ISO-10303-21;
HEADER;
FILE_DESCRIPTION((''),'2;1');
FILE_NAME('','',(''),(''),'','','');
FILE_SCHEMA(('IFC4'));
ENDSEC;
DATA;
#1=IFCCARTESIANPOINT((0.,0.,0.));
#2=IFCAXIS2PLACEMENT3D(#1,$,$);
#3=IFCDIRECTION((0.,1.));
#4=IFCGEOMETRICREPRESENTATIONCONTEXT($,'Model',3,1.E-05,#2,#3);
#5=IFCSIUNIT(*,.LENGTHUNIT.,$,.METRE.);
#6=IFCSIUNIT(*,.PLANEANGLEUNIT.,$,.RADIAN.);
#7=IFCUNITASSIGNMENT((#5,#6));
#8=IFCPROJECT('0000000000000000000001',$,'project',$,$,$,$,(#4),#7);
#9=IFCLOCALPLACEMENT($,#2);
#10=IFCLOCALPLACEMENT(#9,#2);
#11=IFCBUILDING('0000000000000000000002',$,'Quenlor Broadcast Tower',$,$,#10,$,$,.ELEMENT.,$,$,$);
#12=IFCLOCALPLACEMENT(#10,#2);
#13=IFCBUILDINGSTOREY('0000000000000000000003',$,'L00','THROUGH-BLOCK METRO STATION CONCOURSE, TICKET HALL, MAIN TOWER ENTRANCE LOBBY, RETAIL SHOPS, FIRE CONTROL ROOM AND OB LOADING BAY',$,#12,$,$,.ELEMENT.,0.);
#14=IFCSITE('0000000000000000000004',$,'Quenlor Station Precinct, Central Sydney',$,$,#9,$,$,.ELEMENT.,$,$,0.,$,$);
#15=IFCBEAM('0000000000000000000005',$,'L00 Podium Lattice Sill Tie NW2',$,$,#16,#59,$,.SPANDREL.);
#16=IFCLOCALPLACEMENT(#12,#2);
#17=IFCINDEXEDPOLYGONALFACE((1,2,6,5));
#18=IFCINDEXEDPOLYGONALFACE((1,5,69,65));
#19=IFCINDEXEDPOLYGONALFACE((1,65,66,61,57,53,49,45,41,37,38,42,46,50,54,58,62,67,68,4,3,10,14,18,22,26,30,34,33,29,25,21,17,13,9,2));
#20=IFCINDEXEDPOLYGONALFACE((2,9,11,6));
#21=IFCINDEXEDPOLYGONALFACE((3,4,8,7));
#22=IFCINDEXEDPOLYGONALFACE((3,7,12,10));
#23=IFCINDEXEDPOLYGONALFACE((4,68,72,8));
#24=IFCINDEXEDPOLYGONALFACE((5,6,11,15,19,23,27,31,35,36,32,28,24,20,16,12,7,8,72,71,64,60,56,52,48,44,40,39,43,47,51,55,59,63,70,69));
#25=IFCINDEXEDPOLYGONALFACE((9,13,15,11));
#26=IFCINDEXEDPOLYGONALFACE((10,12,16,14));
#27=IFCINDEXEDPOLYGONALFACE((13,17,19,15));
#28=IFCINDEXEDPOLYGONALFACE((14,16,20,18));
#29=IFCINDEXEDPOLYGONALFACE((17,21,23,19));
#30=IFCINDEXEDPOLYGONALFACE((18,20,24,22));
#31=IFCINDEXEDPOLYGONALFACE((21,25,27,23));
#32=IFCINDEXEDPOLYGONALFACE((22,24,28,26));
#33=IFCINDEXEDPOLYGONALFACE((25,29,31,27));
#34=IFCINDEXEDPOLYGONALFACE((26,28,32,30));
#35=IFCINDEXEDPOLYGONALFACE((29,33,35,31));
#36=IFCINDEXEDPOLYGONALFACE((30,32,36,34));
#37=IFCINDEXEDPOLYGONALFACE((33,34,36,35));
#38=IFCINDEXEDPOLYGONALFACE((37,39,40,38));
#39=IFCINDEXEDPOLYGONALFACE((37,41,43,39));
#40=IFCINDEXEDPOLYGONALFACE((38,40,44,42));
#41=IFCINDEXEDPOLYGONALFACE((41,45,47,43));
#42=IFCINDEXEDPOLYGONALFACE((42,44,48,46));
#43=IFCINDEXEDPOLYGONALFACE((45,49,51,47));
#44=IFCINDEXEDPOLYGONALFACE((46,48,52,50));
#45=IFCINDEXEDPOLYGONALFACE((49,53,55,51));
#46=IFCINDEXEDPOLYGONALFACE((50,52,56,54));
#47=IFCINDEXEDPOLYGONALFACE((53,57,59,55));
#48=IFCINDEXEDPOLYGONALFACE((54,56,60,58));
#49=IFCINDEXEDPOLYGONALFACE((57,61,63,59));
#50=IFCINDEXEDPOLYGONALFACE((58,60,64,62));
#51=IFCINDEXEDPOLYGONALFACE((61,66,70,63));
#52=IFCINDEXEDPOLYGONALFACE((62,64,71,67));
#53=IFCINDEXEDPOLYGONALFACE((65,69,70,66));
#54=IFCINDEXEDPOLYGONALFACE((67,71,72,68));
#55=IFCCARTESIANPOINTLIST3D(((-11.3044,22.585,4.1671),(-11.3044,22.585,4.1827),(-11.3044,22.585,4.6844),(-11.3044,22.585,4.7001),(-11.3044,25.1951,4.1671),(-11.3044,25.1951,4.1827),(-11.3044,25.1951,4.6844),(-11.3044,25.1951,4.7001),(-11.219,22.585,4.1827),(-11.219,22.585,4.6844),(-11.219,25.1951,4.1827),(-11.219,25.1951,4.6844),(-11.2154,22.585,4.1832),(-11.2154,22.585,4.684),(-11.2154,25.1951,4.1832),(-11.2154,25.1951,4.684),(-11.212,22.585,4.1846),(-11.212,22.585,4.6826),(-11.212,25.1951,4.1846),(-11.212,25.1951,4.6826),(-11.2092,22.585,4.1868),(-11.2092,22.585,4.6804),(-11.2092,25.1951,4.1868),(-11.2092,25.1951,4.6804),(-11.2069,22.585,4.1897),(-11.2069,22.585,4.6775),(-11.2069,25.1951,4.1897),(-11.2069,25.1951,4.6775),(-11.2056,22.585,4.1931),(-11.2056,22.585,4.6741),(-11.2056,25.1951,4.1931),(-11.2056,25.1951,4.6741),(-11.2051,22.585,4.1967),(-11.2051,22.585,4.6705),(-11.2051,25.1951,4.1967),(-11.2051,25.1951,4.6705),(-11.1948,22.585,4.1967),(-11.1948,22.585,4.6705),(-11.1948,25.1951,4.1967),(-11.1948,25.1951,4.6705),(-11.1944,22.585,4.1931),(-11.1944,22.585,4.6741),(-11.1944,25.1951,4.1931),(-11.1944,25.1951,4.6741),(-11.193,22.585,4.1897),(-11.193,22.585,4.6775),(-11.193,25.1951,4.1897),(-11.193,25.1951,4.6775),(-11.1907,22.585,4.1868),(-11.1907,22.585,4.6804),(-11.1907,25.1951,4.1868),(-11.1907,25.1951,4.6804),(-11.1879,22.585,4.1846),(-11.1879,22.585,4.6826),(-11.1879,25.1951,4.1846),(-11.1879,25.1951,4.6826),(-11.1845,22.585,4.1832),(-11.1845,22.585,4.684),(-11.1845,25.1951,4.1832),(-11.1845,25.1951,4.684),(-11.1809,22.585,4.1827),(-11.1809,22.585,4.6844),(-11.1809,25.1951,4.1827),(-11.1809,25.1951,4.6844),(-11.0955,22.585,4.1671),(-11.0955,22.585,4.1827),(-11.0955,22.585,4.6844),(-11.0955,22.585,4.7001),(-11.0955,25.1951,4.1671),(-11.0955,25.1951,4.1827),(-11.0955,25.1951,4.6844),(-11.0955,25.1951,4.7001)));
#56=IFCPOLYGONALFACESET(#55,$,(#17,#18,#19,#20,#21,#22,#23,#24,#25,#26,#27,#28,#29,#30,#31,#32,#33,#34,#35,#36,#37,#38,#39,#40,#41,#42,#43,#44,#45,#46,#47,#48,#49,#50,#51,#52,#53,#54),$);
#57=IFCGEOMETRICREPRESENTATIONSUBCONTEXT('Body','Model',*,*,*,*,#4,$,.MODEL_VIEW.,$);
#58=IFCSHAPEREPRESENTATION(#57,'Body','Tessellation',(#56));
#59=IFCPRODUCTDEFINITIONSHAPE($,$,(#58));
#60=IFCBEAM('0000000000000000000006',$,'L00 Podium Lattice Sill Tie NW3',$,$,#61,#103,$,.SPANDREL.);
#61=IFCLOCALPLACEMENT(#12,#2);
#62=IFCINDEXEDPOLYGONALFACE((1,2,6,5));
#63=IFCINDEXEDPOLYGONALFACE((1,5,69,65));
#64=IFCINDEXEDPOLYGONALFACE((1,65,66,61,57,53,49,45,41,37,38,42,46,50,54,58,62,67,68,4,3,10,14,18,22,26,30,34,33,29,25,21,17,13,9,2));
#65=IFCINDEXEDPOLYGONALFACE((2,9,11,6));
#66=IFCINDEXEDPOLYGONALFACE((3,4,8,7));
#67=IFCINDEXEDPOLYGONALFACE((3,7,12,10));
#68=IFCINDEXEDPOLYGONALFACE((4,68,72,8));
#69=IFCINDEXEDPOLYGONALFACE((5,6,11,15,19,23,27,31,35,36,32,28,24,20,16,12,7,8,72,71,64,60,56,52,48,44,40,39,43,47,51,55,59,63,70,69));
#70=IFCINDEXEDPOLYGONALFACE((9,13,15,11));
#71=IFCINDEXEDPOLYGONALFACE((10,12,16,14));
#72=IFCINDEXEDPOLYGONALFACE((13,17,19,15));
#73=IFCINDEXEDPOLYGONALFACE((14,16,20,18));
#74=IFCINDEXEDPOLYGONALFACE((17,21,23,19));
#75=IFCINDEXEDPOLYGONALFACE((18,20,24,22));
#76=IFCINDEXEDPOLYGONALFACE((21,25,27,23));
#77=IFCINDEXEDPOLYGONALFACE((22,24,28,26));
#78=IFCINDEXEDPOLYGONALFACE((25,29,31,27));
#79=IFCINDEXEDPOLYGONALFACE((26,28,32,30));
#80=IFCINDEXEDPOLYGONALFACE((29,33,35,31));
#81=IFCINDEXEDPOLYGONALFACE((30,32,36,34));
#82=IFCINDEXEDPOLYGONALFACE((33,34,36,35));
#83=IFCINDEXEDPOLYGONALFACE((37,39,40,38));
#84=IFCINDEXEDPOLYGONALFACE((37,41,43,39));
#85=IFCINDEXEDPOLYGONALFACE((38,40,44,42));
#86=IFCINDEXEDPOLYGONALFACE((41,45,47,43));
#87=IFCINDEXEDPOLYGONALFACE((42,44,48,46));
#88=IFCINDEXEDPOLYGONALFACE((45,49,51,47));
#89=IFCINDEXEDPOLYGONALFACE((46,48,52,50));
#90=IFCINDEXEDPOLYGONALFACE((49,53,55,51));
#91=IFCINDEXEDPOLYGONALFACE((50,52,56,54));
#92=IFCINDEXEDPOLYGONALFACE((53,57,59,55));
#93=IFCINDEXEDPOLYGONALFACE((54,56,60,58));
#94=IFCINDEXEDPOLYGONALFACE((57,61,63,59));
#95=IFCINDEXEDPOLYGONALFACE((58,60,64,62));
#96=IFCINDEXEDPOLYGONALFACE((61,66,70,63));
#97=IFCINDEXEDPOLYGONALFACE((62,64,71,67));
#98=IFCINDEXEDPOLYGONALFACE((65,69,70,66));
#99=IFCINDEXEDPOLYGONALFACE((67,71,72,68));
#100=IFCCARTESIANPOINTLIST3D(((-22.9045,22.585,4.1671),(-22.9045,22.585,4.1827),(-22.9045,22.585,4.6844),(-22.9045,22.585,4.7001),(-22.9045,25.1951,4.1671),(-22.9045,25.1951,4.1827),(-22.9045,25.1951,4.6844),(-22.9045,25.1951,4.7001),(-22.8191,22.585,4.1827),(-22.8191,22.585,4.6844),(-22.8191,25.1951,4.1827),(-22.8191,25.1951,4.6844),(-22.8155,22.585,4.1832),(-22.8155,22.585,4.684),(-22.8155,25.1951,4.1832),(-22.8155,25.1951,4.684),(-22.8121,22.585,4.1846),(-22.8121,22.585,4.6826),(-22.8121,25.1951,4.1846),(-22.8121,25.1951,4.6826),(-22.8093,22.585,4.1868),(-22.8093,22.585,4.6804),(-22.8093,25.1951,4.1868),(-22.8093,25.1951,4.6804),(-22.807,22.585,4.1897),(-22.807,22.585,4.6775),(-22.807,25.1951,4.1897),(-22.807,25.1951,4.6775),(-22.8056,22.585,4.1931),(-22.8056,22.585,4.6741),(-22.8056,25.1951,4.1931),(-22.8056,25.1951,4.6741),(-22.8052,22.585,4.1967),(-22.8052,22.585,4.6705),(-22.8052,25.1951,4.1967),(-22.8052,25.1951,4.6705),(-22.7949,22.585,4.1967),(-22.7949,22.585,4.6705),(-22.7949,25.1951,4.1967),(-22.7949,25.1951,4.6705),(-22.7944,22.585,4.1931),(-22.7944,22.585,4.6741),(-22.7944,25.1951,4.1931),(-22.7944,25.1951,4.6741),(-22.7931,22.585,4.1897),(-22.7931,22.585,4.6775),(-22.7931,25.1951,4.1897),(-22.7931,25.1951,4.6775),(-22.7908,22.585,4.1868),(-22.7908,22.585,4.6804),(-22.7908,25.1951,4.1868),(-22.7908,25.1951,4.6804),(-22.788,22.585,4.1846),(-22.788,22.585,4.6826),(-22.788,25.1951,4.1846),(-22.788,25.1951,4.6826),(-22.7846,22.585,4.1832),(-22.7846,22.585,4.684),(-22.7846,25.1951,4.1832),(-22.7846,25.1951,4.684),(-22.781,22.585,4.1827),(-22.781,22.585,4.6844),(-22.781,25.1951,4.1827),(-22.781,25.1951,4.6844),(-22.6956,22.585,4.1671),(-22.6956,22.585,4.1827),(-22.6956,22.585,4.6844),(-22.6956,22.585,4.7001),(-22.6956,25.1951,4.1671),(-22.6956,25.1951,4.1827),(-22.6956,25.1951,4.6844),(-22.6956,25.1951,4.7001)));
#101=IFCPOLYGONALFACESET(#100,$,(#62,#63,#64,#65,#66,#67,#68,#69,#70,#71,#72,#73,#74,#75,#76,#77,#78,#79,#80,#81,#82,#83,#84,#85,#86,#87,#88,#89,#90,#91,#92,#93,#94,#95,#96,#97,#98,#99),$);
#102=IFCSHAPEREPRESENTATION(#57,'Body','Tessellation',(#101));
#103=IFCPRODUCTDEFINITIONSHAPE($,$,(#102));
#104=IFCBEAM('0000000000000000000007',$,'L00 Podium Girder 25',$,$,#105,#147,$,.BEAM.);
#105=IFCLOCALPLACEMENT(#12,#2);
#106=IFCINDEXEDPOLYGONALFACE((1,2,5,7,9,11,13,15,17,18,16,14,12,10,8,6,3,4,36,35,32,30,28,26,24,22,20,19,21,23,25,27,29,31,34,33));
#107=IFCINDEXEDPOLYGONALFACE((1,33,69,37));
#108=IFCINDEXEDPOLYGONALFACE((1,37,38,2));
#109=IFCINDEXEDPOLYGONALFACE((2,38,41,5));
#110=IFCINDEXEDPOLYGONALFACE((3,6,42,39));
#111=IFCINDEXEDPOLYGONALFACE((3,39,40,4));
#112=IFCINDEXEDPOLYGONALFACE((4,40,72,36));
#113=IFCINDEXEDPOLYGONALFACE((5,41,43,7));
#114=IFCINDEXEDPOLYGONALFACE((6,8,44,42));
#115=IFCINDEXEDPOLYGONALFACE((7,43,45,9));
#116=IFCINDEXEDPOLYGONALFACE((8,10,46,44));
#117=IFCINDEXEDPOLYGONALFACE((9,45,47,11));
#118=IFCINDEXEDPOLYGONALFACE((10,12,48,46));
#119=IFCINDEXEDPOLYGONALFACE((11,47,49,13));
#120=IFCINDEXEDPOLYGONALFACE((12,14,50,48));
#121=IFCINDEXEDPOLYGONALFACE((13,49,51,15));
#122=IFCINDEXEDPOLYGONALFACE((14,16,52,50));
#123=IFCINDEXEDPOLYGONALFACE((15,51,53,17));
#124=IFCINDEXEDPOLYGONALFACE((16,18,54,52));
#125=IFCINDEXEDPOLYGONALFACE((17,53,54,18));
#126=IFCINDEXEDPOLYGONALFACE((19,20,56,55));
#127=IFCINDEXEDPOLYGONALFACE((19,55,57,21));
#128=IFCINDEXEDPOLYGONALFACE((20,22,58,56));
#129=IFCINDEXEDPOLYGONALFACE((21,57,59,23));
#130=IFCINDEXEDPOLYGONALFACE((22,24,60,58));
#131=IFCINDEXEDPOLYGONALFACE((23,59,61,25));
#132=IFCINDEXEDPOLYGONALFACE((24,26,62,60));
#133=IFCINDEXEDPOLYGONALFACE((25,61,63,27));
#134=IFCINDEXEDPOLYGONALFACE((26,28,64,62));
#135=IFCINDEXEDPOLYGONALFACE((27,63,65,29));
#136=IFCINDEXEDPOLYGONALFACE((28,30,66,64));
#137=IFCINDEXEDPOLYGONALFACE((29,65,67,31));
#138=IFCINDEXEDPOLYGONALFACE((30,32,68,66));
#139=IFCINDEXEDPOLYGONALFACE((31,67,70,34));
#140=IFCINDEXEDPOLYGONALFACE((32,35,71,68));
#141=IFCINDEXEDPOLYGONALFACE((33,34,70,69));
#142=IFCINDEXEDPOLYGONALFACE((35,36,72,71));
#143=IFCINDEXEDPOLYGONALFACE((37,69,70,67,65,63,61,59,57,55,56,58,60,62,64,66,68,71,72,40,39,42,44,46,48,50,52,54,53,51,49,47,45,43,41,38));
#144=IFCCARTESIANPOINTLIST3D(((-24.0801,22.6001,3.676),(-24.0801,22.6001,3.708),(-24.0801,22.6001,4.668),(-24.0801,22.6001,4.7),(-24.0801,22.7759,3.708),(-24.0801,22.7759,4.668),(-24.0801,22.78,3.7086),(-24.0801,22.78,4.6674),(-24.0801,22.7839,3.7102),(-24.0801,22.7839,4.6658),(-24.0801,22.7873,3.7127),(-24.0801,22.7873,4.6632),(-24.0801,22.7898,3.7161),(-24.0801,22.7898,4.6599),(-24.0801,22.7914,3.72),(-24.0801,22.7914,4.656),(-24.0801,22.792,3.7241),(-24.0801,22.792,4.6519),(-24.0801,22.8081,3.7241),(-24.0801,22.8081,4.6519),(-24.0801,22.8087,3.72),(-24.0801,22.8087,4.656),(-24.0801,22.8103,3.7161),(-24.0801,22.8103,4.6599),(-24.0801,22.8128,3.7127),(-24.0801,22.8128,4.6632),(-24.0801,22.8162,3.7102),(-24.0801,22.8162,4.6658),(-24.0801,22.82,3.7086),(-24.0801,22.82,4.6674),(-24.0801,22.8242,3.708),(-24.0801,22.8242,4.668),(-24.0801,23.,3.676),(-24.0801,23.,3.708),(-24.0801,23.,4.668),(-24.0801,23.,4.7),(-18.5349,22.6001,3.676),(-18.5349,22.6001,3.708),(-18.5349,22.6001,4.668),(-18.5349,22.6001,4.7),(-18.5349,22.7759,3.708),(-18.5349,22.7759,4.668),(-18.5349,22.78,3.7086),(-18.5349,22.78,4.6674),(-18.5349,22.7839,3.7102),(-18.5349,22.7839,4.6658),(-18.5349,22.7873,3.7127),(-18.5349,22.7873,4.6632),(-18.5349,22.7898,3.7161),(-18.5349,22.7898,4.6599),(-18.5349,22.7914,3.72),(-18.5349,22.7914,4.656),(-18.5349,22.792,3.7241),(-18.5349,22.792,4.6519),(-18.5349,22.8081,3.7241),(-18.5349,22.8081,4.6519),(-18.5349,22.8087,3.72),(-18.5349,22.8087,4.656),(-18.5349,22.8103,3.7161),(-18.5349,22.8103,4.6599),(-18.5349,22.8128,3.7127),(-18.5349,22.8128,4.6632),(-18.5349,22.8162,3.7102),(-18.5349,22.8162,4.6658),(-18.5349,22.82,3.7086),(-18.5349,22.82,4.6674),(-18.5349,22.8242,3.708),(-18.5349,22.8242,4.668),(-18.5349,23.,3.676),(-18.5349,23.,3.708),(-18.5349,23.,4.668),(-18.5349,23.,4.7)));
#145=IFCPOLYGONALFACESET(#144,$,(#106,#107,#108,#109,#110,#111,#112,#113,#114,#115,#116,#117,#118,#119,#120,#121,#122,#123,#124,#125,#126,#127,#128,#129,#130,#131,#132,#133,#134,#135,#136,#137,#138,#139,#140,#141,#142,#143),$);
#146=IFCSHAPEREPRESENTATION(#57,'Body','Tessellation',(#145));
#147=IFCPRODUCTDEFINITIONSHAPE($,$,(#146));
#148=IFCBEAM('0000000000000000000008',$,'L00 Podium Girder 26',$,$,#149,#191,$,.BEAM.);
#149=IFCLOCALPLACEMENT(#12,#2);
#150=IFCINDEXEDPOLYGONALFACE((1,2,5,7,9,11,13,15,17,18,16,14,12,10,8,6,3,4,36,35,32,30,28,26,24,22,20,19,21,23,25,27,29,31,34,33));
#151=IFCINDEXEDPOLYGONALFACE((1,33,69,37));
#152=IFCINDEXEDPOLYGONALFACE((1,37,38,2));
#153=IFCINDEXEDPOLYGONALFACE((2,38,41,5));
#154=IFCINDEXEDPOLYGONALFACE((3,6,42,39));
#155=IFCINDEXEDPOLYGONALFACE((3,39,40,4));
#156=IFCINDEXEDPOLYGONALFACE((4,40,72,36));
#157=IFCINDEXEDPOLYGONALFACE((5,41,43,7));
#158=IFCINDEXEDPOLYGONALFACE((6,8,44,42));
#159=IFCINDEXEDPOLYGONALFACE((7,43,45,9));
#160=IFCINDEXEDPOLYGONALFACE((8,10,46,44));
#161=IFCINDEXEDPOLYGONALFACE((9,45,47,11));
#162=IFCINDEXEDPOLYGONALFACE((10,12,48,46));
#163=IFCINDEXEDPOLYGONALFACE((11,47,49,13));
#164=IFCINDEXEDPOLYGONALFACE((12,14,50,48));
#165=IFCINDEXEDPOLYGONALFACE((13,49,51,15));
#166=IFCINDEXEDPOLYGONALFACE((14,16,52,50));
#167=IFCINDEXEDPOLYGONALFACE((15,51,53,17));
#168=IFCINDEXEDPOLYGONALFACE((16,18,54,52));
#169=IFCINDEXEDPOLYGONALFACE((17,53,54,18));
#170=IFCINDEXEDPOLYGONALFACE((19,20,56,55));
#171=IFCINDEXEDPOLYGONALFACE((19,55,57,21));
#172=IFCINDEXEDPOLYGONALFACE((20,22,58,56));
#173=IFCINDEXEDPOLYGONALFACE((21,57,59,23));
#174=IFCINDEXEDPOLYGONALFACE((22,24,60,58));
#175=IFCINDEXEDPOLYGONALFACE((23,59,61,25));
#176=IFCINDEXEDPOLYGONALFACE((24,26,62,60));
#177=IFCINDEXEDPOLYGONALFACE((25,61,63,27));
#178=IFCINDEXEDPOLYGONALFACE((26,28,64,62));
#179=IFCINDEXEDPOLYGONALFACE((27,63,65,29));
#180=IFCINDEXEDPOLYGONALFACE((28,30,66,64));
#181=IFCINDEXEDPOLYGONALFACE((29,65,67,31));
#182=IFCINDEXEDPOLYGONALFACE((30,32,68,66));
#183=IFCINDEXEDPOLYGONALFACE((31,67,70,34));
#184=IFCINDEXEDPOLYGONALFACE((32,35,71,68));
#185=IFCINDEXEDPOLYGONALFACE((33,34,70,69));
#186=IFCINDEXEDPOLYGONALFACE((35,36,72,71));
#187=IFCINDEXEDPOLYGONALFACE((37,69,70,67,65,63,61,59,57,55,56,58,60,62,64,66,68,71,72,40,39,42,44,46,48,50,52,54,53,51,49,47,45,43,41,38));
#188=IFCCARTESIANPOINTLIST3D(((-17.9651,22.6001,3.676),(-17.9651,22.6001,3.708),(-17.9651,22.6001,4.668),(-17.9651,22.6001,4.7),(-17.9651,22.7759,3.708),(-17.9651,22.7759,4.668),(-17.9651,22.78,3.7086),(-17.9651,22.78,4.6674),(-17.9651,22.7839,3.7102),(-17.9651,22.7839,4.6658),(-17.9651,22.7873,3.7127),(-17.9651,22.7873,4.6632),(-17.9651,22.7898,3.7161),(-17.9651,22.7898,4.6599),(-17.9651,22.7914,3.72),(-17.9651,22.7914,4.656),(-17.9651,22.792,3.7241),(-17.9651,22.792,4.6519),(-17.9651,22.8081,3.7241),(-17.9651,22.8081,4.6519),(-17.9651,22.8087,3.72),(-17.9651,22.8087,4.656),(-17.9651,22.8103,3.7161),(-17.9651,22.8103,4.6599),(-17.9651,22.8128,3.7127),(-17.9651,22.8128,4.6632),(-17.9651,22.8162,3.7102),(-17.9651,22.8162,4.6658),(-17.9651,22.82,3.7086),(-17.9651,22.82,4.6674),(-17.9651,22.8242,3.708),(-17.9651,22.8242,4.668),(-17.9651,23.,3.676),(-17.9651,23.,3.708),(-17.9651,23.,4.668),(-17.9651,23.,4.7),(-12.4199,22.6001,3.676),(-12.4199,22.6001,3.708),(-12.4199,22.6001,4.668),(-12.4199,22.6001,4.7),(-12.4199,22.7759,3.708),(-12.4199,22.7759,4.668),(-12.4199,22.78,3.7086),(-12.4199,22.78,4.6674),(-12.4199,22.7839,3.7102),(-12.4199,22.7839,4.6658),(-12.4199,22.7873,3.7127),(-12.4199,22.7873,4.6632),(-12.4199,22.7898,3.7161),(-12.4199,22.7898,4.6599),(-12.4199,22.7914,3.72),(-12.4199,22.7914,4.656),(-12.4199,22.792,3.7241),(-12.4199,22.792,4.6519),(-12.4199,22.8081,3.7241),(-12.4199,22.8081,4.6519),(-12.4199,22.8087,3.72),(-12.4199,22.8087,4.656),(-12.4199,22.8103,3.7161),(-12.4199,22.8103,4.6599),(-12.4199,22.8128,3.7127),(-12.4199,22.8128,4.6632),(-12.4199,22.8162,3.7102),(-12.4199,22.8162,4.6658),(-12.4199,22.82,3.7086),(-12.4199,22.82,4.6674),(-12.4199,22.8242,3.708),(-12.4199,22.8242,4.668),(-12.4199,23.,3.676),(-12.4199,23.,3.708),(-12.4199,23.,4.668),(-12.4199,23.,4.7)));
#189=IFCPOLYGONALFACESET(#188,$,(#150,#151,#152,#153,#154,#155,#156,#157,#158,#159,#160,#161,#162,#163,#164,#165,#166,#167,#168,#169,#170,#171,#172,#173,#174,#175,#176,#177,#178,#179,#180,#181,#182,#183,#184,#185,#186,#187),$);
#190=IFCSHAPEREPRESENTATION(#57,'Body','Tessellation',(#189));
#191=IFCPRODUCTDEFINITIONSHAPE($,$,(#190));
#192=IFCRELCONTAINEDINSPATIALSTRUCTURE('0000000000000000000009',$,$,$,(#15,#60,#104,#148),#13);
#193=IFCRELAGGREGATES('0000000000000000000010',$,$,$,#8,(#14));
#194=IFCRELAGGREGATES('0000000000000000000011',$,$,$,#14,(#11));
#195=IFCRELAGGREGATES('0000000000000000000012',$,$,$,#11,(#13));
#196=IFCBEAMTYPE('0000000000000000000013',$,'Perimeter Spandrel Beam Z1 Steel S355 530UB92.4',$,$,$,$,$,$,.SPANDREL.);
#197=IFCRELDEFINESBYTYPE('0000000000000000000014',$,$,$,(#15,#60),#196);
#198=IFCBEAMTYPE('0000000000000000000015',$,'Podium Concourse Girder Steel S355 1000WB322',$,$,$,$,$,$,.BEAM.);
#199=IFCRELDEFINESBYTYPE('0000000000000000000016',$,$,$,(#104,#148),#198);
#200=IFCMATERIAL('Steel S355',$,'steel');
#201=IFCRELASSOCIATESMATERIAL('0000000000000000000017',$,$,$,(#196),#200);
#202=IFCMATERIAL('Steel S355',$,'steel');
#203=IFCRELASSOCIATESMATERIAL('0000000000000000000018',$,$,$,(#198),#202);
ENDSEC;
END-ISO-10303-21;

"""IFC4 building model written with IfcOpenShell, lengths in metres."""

from ifc_helpers import new_model, si_unit, direction, frame, origin, origin_2d, place, context, subcontext, project, spatial, i_section, extrude, material, material_profile, profile_set, type_object, element, save


model = new_model("IFC4")

# Units and contexts
model_context = context("Model", 3, precision=1e-05, world=origin(), true_north=direction((0.0, 1.0)))
body_context = subcontext(model_context, "Body", "Model", "MODEL_VIEW")
ifc_project = project(units=[si_unit("LENGTHUNIT", "METRE"), si_unit("PLANEANGLEUNIT", "RADIAN")], contexts=[model_context])

# Site, building, storey
site_placement = place(None, origin())
site = spatial("IfcSite", under=ifc_project, at=site_placement, Name="Quenlor Station Precinct, Central Sydney", CompositionType="ELEMENT", RefElevation=0.0)
building_placement = place(site_placement, origin())
building = spatial("IfcBuilding", under=site, at=building_placement, Name="Quenlor Broadcast Tower", CompositionType="ELEMENT")
storey_placement = place(building_placement, origin())
storey = spatial("IfcBuildingStorey", under=building, at=storey_placement, Name="L00", Description="THROUGH-BLOCK METRO STATION CONCOURSE, TICKET HALL, MAIN TOWER ENTRANCE LOBBY, RETAIL SHOPS, FIRE CONTROL ROOM AND OB LOADING BAY", CompositionType="ELEMENT", Elevation=0.0)

# Beams
ifc_material_1 = material(Name="Steel S355", Category="steel")
ifc_material_profile_1 = material_profile(ifc_material_1, i_section(OverallWidth=0.209, OverallDepth=0.533, WebThickness=0.0103, FlangeThickness=0.0156, FilletRadius=0.0139, at=origin_2d()))
ifc_profile_set_1 = profile_set([ifc_material_profile_1], Name="Steel S355 530UB92.4")
beam_type_1 = type_object("IfcBeamType", Name="Perimeter Spandrel Beam Z1 Steel S355 530UB92.4", PredefinedType="SPANDREL", material=ifc_profile_set_1)
for number, where, z_axis, x_axis, name in (
    (1, (-11.2, 22.585, 4.4336), (0.0, 1.0, 0.0), (-1.0, 0.0, 0.0), "L00 Podium Lattice Sill Tie NW2"),
    (2, (-22.8, 22.585, 4.4336), (0.0, 1.0, 0.0), (-1.0, 0.0, 0.0), "L00 Podium Lattice Sill Tie NW3"),
):
    element("IfcBeam", number, at=place(storey_placement, frame(where, z_axis=z_axis, x_axis=x_axis)), inside=storey, type_object=beam_type_1, Name=name, PredefinedType="SPANDREL", context=body_context, shape_type="SweptSolid", body=[
        extrude(i_section(OverallWidth=0.209, OverallDepth=0.533, WebThickness=0.0103, FlangeThickness=0.0156, FilletRadius=0.0139, at=origin_2d()), origin(), (0.0, 0.0, 1.0), 2.6101),
    ])
ifc_material_2 = material(Name="Steel S355", Category="steel")
ifc_material_profile_2 = material_profile(ifc_material_2, i_section(OverallWidth=0.3999, OverallDepth=1.0239, WebThickness=0.0161, FlangeThickness=0.032, FilletRadius=0.0161, at=origin_2d()))
ifc_profile_set_2 = profile_set([ifc_material_profile_2], Name="Steel S355 1000WB322")
beam_type_2 = type_object("IfcBeamType", Name="Podium Concourse Girder Steel S355 1000WB322", PredefinedType="BEAM", material=ifc_profile_set_2)
for number, where, z_axis, x_axis, name in (
    (3, (-24.0801, 22.8, 4.188), (1.0, 0.0, 0.0), (0.0, 1.0, 0.0), "L00 Podium Girder 25"),
    (4, (-17.9651, 22.8, 4.188), (1.0, 0.0, 0.0), (0.0, 1.0, 0.0), "L00 Podium Girder 26"),
):
    element("IfcBeam", number, at=place(storey_placement, frame(where, z_axis=z_axis, x_axis=x_axis)), inside=storey, type_object=beam_type_2, Name=name, PredefinedType="BEAM", context=body_context, shape_type="SweptSolid", body=[
        extrude(i_section(OverallWidth=0.3999, OverallDepth=1.0239, WebThickness=0.0161, FlangeThickness=0.032, FilletRadius=0.0161, at=origin_2d()), origin(), (0.0, 0.0, 1.0), 5.5452),
    ])

save(model, "model.ifc")
